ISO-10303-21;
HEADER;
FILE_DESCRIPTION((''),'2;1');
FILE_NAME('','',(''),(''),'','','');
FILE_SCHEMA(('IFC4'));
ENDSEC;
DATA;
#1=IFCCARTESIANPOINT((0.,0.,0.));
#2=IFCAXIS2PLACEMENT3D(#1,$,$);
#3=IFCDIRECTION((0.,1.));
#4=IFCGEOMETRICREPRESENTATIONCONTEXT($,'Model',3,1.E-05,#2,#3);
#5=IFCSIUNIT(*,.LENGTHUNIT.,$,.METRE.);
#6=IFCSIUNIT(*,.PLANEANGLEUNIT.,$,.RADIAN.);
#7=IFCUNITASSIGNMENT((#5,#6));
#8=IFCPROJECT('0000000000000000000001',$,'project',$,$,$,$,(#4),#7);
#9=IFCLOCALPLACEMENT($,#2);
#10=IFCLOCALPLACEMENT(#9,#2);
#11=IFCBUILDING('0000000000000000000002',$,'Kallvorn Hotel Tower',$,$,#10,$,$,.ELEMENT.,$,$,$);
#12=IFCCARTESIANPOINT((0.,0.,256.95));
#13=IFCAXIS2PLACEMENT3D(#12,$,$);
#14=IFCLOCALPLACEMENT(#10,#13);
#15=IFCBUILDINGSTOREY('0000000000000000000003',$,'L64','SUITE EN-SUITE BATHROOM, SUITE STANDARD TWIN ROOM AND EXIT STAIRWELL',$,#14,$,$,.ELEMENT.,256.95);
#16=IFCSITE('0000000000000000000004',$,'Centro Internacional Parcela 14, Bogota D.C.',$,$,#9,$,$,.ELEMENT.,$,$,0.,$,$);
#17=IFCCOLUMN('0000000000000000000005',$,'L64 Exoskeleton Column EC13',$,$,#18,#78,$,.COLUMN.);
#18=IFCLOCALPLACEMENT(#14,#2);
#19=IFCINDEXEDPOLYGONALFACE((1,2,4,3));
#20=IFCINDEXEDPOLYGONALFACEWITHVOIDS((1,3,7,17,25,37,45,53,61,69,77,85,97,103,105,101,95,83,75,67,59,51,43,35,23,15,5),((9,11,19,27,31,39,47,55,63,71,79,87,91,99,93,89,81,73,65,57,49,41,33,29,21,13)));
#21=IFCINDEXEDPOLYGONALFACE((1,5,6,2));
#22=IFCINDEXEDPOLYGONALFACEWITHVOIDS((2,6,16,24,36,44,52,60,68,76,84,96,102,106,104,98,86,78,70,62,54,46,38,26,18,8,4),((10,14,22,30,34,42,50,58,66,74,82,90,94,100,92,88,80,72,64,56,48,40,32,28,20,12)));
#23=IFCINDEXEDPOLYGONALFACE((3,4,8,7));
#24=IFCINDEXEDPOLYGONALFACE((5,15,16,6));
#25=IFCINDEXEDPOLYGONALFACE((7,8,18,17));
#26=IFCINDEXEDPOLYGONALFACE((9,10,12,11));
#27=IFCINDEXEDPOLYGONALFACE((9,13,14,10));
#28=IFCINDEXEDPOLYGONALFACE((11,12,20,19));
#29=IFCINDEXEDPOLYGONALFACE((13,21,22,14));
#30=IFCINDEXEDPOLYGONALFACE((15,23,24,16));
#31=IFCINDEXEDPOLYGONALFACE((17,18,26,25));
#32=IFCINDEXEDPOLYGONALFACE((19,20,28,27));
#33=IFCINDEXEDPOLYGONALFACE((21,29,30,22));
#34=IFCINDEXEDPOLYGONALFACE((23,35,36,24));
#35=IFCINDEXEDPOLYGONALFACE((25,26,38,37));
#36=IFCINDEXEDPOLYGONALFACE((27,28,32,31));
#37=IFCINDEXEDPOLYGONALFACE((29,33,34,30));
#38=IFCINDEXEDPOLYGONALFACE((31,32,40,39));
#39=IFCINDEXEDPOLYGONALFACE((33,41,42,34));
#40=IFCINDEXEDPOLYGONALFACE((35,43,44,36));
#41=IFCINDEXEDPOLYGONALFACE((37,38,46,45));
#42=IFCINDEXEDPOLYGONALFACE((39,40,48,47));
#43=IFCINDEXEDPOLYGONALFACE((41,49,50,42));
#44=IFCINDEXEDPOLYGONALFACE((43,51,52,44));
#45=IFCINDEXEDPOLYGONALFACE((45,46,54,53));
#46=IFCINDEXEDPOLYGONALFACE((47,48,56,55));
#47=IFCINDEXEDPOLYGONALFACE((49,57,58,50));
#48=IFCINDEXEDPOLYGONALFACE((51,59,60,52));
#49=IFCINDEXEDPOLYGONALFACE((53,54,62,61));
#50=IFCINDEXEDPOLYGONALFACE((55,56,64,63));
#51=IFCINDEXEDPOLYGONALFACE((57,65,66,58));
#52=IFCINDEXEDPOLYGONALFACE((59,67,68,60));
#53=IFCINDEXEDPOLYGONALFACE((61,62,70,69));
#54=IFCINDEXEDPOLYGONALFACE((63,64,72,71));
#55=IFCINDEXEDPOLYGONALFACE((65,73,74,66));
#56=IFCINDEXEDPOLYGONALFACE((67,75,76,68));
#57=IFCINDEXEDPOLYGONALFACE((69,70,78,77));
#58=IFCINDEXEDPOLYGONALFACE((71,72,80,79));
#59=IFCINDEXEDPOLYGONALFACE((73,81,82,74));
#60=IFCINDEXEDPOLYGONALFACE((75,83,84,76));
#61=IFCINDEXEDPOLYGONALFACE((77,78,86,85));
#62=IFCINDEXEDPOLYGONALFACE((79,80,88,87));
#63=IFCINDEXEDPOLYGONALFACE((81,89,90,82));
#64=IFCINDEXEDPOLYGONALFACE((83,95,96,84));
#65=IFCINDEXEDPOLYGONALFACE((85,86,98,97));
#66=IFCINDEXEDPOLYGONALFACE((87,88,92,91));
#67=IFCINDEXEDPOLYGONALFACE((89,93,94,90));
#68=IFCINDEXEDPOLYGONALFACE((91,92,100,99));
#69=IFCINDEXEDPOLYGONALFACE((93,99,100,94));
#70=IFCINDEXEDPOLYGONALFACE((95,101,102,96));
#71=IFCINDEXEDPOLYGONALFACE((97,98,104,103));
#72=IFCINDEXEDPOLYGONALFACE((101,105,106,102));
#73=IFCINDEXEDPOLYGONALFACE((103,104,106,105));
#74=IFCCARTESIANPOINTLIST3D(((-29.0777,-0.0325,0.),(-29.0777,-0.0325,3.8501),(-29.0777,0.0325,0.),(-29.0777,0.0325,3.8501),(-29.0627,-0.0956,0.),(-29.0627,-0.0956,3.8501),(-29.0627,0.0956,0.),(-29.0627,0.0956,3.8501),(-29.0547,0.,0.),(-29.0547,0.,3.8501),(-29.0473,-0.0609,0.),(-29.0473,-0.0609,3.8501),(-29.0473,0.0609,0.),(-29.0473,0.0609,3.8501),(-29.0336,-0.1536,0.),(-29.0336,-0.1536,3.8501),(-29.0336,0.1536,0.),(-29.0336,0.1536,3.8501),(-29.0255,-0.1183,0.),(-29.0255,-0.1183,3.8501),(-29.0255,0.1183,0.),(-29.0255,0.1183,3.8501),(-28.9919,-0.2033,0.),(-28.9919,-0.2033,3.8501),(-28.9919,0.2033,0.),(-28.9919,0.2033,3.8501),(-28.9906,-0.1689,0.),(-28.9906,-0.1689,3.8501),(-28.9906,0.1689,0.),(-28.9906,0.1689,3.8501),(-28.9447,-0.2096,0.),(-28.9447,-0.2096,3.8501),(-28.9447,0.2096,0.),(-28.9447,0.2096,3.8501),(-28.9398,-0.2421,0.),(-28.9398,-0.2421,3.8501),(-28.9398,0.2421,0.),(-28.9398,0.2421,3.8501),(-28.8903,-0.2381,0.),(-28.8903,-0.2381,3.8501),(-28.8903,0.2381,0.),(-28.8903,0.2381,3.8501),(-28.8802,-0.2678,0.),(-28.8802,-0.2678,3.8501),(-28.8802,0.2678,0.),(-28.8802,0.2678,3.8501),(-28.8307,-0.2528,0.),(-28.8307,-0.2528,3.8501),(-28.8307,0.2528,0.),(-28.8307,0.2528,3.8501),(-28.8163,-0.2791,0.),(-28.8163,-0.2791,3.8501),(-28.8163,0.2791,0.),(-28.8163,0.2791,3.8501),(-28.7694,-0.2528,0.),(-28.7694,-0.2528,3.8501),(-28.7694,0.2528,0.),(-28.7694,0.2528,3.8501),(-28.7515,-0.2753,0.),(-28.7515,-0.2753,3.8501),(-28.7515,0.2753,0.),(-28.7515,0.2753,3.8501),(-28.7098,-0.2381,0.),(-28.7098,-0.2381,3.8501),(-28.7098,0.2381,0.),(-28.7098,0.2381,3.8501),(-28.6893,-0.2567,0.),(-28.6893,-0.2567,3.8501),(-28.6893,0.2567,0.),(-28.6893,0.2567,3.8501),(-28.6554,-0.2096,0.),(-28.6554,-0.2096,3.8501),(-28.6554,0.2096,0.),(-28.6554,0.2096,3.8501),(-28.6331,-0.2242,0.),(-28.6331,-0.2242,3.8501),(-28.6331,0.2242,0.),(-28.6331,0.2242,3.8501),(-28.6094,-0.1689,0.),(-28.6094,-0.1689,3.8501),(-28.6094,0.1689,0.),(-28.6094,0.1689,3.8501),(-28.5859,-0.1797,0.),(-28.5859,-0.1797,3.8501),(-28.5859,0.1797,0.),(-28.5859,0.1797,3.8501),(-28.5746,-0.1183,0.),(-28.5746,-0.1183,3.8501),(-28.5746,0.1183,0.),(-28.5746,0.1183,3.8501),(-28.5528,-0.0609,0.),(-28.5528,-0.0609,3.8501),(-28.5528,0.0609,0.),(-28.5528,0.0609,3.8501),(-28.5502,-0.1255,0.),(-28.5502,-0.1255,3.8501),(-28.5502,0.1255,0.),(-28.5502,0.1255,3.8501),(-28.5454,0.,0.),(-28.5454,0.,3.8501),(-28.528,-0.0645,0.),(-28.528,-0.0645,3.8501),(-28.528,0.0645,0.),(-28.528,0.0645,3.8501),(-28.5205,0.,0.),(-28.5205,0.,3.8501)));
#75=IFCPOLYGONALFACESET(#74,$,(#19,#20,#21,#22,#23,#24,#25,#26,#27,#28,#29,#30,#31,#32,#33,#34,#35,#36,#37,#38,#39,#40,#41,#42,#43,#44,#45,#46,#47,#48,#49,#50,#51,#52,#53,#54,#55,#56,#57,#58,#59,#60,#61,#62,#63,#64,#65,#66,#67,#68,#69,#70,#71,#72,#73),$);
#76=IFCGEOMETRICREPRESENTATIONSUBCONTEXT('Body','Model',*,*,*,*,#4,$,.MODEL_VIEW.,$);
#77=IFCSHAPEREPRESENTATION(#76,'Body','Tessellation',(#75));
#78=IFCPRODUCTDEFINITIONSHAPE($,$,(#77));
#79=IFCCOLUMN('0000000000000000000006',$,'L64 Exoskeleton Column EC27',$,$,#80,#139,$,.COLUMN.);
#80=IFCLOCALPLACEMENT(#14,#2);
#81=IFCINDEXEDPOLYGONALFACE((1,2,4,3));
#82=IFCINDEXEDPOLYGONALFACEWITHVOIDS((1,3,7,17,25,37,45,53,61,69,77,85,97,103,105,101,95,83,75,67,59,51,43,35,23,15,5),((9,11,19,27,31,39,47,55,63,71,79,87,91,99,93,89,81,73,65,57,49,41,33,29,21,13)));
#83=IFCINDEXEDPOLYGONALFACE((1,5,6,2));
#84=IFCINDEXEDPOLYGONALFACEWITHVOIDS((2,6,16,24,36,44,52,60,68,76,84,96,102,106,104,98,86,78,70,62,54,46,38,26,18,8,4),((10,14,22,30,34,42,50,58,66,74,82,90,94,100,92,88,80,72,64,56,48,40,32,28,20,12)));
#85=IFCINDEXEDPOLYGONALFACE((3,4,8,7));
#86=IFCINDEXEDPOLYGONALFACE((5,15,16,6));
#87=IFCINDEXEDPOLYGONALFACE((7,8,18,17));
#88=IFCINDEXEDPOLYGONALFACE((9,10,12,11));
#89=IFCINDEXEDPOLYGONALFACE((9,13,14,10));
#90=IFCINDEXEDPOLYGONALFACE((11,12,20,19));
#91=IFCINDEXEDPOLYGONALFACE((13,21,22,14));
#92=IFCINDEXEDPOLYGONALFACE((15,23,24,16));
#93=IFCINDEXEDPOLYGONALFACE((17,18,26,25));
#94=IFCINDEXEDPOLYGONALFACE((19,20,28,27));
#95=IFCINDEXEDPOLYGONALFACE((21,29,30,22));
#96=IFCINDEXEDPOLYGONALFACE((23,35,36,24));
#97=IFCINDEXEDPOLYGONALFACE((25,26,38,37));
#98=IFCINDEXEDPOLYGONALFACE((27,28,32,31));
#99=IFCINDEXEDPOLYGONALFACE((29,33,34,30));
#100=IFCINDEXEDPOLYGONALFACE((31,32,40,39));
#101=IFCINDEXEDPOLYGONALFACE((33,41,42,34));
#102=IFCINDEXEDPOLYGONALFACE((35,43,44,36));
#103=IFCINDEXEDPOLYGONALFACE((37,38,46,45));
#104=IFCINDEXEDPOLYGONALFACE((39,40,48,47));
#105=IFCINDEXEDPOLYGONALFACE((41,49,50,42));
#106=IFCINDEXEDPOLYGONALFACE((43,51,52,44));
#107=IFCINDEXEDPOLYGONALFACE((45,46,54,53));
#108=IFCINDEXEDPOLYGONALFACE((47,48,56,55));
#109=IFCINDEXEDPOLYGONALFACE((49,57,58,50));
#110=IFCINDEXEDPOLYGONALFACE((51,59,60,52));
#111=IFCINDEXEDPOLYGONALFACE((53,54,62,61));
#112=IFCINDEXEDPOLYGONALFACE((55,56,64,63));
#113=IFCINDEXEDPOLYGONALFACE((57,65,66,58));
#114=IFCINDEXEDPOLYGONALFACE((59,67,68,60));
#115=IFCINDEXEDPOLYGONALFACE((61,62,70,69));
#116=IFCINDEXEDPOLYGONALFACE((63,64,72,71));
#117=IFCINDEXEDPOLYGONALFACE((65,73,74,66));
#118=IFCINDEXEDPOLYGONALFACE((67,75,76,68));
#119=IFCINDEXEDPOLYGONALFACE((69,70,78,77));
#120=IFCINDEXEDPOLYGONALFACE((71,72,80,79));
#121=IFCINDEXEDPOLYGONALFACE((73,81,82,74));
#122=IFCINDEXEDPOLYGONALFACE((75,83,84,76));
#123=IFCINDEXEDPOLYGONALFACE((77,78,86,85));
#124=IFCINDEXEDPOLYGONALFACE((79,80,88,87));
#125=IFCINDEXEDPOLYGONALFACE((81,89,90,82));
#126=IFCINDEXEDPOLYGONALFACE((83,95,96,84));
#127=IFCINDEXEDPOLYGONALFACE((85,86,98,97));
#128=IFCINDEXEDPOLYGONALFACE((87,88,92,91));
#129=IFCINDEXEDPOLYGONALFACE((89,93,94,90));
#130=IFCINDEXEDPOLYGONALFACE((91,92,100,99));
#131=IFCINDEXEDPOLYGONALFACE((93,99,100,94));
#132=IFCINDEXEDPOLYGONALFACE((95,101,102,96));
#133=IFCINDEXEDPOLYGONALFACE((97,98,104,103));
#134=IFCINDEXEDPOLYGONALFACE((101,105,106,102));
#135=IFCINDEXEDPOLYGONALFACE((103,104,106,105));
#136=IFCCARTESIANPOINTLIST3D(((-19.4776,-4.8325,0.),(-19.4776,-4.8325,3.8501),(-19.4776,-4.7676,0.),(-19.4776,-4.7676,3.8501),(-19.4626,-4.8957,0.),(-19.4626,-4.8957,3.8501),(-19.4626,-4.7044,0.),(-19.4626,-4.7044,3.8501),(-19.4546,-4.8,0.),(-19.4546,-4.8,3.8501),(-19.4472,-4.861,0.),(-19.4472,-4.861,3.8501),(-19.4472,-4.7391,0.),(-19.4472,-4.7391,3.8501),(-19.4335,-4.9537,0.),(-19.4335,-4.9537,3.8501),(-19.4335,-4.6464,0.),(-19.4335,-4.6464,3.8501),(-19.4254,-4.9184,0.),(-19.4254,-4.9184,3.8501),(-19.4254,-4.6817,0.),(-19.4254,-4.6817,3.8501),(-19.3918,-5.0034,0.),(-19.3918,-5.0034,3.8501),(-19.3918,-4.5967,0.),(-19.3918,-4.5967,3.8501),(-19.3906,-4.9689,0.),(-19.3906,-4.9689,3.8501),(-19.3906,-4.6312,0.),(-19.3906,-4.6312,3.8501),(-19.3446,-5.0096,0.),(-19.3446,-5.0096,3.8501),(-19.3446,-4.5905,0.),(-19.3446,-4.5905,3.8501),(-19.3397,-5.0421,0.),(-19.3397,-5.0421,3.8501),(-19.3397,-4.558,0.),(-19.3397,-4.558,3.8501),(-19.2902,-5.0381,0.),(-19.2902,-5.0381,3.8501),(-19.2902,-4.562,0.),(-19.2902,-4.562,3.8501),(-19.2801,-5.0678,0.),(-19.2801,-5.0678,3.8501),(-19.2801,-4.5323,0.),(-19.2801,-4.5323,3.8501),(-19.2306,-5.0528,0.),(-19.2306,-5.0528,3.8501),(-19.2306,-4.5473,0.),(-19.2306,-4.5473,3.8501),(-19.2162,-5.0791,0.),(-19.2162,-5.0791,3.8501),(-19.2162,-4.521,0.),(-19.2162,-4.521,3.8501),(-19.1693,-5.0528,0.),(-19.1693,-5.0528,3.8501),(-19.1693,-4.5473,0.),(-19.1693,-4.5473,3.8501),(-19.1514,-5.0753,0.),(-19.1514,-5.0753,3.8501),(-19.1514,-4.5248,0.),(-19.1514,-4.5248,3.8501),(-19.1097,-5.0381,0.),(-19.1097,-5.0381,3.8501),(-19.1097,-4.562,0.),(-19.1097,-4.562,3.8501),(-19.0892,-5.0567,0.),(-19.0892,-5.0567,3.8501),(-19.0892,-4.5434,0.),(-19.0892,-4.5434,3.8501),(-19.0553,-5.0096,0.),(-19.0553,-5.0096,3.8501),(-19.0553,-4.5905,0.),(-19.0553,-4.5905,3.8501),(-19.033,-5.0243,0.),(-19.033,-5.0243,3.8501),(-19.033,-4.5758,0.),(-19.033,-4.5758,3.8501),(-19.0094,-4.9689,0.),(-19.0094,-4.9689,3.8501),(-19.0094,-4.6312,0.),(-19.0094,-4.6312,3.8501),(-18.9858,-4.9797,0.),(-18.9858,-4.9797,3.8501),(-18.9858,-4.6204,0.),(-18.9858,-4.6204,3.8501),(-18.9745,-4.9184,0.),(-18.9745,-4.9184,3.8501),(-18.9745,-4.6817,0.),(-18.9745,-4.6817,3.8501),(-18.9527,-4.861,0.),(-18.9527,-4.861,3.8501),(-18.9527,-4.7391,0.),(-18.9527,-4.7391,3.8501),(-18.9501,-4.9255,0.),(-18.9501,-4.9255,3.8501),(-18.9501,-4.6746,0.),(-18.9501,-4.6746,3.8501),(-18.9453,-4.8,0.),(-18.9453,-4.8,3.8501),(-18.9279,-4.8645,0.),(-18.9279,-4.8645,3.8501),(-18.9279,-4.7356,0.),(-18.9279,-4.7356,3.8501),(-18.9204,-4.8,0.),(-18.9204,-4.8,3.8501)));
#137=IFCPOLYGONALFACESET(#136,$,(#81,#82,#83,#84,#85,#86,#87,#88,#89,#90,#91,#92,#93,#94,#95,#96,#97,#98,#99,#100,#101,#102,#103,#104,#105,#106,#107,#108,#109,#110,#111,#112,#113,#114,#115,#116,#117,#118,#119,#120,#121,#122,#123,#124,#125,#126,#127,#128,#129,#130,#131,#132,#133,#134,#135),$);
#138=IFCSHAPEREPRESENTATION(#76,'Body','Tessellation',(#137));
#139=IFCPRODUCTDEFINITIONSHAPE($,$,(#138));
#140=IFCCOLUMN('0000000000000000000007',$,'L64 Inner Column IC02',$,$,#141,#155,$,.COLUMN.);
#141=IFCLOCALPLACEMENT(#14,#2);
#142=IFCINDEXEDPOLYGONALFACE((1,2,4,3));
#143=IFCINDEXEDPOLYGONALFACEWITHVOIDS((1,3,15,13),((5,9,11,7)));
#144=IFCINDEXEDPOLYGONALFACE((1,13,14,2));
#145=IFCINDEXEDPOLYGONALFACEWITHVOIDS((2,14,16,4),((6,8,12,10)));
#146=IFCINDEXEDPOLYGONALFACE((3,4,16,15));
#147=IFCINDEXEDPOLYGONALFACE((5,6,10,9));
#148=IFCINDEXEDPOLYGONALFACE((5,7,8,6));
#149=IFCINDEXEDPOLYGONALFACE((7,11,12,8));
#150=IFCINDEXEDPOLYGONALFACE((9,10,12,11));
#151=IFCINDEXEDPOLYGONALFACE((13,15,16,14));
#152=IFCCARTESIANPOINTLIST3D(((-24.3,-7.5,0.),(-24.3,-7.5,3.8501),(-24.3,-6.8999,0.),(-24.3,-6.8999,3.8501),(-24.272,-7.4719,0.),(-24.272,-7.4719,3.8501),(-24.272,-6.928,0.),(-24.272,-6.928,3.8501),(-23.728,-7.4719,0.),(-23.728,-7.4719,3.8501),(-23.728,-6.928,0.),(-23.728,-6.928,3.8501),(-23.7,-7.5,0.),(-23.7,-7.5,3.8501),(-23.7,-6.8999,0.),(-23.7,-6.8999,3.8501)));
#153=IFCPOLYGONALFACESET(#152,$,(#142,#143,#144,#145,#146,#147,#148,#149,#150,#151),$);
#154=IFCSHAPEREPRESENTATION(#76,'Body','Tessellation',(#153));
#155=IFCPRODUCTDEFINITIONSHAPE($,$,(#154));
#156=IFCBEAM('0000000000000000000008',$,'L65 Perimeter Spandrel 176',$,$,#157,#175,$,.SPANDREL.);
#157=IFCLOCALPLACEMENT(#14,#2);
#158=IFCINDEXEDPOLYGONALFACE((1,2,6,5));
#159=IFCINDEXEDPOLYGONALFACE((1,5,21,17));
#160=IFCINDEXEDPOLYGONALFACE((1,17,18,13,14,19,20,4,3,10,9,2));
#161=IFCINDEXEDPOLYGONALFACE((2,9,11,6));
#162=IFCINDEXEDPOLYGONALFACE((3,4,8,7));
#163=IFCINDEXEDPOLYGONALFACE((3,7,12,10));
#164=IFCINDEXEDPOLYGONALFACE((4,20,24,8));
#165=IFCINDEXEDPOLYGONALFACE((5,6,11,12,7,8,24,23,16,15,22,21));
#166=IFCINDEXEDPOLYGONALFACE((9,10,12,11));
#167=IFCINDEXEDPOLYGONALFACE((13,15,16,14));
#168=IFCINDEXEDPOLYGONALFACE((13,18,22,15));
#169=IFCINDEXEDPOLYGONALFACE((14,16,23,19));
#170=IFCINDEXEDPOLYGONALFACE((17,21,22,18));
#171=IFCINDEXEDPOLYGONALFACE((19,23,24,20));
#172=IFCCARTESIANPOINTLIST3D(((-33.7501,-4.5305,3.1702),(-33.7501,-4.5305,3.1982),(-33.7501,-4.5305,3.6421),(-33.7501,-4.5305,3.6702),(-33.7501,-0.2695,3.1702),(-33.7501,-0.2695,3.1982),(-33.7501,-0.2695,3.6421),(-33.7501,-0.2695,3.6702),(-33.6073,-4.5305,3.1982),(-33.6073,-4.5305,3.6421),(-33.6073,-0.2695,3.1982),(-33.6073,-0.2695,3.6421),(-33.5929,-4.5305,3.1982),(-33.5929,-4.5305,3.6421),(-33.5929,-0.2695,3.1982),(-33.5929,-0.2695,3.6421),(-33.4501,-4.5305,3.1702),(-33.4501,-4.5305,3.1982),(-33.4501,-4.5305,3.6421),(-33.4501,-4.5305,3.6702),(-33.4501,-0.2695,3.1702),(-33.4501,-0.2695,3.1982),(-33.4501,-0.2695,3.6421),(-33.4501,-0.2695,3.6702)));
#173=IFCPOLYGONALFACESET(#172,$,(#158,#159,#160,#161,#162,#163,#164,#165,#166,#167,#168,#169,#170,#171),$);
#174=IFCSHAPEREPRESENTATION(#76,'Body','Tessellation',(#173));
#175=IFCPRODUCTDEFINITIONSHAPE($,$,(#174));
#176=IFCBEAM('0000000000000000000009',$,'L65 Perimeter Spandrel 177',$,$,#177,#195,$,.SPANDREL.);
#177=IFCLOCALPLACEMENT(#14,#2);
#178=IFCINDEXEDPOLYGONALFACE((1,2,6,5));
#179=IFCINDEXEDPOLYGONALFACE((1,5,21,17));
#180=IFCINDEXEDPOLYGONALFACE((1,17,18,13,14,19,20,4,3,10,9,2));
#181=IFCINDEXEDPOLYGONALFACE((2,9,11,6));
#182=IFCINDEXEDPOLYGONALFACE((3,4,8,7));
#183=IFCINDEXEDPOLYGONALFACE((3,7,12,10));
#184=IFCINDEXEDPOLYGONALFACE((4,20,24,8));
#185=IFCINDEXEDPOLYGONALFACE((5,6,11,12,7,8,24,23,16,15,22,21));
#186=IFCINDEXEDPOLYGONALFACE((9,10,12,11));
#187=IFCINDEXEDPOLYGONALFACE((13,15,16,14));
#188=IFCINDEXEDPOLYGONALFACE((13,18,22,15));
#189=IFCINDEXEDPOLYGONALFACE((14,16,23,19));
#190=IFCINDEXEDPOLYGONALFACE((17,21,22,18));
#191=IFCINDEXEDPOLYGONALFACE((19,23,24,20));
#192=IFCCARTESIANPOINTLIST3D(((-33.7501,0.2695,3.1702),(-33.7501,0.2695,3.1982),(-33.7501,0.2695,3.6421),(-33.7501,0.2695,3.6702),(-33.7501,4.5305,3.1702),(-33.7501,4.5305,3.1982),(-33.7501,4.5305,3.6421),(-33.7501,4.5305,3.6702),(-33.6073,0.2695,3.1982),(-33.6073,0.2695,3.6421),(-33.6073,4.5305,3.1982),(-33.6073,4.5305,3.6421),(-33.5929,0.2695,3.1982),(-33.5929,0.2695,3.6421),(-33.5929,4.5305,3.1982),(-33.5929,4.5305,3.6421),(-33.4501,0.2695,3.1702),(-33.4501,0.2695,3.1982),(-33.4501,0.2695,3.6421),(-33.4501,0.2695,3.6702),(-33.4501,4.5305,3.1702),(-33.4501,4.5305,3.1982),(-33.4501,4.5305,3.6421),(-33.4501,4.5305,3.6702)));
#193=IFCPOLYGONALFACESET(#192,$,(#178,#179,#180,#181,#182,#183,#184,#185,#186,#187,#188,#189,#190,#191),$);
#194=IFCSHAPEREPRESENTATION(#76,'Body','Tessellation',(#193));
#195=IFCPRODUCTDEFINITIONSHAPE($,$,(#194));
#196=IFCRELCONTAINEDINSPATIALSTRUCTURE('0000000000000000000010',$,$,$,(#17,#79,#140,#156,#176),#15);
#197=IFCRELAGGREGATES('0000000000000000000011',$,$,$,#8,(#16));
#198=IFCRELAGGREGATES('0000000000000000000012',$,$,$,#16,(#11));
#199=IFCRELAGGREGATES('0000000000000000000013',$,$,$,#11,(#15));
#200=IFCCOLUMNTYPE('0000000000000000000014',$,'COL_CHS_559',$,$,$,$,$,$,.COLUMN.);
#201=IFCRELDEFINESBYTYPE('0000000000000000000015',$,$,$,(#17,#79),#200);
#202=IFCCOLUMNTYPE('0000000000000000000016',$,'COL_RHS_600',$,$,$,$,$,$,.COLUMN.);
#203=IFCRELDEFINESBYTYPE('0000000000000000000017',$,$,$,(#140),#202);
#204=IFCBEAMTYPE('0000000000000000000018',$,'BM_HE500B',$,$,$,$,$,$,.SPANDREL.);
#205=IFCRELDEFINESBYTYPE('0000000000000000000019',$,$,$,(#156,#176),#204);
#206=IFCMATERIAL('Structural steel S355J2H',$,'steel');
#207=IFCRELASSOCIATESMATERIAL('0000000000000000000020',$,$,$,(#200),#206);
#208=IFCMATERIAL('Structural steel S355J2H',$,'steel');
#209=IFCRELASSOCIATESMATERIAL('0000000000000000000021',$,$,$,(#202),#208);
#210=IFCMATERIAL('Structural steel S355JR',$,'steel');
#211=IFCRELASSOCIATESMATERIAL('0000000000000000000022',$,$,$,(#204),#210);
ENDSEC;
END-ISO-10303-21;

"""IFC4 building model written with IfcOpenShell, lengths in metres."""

from ifc_helpers import new_model, si_unit, direction, frame, origin, origin_2d, place, context, subcontext, project, spatial, hollow_rectangle, hollow_circle, i_section, extrude, material, material_profile, profile_set, type_object, element, save


model = new_model("IFC4")

# Units and contexts
model_context = context("Model", 3, precision=1e-05, world=origin(), true_north=direction((0.0, 1.0)))
body_context = subcontext(model_context, "Body", "Model", "MODEL_VIEW")
ifc_project = project(units=[si_unit("LENGTHUNIT", "METRE"), si_unit("PLANEANGLEUNIT", "RADIAN")], contexts=[model_context])

# Site, building, storey
site_placement = place(None, origin())
site = spatial("IfcSite", under=ifc_project, at=site_placement, Name="Centro Internacional Parcela 14, Bogota D.C.", CompositionType="ELEMENT", RefElevation=0.0)
building_placement = place(site_placement, origin())
building = spatial("IfcBuilding", under=site, at=building_placement, Name="Kallvorn Hotel Tower", CompositionType="ELEMENT")
storey_placement = place(building_placement, frame((0.0, 0.0, 256.95)))
storey = spatial("IfcBuildingStorey", under=building, at=storey_placement, Name="L64", Description="SUITE EN-SUITE BATHROOM, SUITE STANDARD TWIN ROOM AND EXIT STAIRWELL", CompositionType="ELEMENT", Elevation=256.95)

# Columns
ifc_material_1 = material(Name="Structural steel S355J2H", Category="steel")
ifc_material_profile_1 = material_profile(ifc_material_1, hollow_circle(Radius=0.2795, WallThickness=0.0249, at=origin_2d()), Name="CHS 559x25")
ifc_profile_set_1 = profile_set([ifc_material_profile_1], Name="Structural steel S355J2H")
column_type_1 = type_object("IfcColumnType", Name="COL_CHS_559", PredefinedType="COLUMN", material=ifc_profile_set_1)
for number, where, z_axis, x_axis, name in (
    (1, (-28.8, 0.0, 0.0), (0.0, 0.0, 1.0), (1.0, 0.0, 0.0), "L64 Exoskeleton Column EC13"),
    (2, (-19.2, -4.8, 0.0), (0.0, 0.0, 1.0), (1.0, 0.0, 0.0), "L64 Exoskeleton Column EC27"),
):
    element("IfcColumn", number, at=place(storey_placement, frame(where, z_axis=z_axis, x_axis=x_axis)), inside=storey, type_object=column_type_1, Name=name, PredefinedType="COLUMN", context=body_context, shape_type="SweptSolid", body=[
        extrude(hollow_circle(Radius=0.2795, WallThickness=0.0249, at=origin_2d()), origin(), (0.0, 0.0, 1.0), 3.8501),
    ])
ifc_material_2 = material(Name="Structural steel S355J2H", Category="steel")
ifc_material_profile_2 = material_profile(ifc_material_2, hollow_rectangle(XDim=0.6001, YDim=0.6001, WallThickness=0.0281, at=origin_2d()), Name="RHS 600x600x28")
ifc_profile_set_2 = profile_set([ifc_material_profile_2], Name="Structural steel S355J2H")
column_type_2 = type_object("IfcColumnType", Name="COL_RHS_600", PredefinedType="COLUMN", material=ifc_profile_set_2)
column_placement = place(storey_placement, frame((-24.0, -7.2, 0.0), z_axis=(0.0, 0.0, 1.0), x_axis=(1.0, 0.0, 0.0)))
element("IfcColumn", 3, at=column_placement, inside=storey, type_object=column_type_2, Name="L64 Inner Column IC02", PredefinedType="COLUMN", context=body_context, shape_type="SweptSolid", body=[
    extrude(hollow_rectangle(XDim=0.6001, YDim=0.6001, WallThickness=0.0281, at=origin_2d()), origin(), (0.0, 0.0, 1.0), 3.8501),
])

# Beams
ifc_material_3 = material(Name="Structural steel S355JR", Category="steel")
ifc_material_profile_3 = material_profile(ifc_material_3, i_section(OverallWidth=0.3, OverallDepth=0.5, WebThickness=0.0144, FlangeThickness=0.0281, at=origin_2d()), Name="HE 500 B")
ifc_profile_set_3 = profile_set([ifc_material_profile_3], Name="Structural steel S355JR")
beam_type_1 = type_object("IfcBeamType", Name="BM_HE500B", PredefinedType="SPANDREL", material=ifc_profile_set_3)
for number, where, z_axis, x_axis, name in (
    (4, (-33.6001, -4.5305, 3.4202), (0.0, 1.0, 0.0), (-1.0, 0.0, 0.0), "L65 Perimeter Spandrel 176"),
    (5, (-33.6001, 0.2695, 3.4202), (0.0, 1.0, 0.0), (-1.0, 0.0, 0.0), "L65 Perimeter Spandrel 177"),
):
    element("IfcBeam", number, at=place(storey_placement, frame(where, z_axis=z_axis, x_axis=x_axis)), inside=storey, type_object=beam_type_1, Name=name, PredefinedType="SPANDREL", context=body_context, shape_type="SweptSolid", body=[
        extrude(i_section(OverallWidth=0.3, OverallDepth=0.5, WebThickness=0.0144, FlangeThickness=0.0281, at=origin_2d()), origin(), (0.0, 0.0, 1.0), 4.261),
    ])

save(model, "model.ifc")
